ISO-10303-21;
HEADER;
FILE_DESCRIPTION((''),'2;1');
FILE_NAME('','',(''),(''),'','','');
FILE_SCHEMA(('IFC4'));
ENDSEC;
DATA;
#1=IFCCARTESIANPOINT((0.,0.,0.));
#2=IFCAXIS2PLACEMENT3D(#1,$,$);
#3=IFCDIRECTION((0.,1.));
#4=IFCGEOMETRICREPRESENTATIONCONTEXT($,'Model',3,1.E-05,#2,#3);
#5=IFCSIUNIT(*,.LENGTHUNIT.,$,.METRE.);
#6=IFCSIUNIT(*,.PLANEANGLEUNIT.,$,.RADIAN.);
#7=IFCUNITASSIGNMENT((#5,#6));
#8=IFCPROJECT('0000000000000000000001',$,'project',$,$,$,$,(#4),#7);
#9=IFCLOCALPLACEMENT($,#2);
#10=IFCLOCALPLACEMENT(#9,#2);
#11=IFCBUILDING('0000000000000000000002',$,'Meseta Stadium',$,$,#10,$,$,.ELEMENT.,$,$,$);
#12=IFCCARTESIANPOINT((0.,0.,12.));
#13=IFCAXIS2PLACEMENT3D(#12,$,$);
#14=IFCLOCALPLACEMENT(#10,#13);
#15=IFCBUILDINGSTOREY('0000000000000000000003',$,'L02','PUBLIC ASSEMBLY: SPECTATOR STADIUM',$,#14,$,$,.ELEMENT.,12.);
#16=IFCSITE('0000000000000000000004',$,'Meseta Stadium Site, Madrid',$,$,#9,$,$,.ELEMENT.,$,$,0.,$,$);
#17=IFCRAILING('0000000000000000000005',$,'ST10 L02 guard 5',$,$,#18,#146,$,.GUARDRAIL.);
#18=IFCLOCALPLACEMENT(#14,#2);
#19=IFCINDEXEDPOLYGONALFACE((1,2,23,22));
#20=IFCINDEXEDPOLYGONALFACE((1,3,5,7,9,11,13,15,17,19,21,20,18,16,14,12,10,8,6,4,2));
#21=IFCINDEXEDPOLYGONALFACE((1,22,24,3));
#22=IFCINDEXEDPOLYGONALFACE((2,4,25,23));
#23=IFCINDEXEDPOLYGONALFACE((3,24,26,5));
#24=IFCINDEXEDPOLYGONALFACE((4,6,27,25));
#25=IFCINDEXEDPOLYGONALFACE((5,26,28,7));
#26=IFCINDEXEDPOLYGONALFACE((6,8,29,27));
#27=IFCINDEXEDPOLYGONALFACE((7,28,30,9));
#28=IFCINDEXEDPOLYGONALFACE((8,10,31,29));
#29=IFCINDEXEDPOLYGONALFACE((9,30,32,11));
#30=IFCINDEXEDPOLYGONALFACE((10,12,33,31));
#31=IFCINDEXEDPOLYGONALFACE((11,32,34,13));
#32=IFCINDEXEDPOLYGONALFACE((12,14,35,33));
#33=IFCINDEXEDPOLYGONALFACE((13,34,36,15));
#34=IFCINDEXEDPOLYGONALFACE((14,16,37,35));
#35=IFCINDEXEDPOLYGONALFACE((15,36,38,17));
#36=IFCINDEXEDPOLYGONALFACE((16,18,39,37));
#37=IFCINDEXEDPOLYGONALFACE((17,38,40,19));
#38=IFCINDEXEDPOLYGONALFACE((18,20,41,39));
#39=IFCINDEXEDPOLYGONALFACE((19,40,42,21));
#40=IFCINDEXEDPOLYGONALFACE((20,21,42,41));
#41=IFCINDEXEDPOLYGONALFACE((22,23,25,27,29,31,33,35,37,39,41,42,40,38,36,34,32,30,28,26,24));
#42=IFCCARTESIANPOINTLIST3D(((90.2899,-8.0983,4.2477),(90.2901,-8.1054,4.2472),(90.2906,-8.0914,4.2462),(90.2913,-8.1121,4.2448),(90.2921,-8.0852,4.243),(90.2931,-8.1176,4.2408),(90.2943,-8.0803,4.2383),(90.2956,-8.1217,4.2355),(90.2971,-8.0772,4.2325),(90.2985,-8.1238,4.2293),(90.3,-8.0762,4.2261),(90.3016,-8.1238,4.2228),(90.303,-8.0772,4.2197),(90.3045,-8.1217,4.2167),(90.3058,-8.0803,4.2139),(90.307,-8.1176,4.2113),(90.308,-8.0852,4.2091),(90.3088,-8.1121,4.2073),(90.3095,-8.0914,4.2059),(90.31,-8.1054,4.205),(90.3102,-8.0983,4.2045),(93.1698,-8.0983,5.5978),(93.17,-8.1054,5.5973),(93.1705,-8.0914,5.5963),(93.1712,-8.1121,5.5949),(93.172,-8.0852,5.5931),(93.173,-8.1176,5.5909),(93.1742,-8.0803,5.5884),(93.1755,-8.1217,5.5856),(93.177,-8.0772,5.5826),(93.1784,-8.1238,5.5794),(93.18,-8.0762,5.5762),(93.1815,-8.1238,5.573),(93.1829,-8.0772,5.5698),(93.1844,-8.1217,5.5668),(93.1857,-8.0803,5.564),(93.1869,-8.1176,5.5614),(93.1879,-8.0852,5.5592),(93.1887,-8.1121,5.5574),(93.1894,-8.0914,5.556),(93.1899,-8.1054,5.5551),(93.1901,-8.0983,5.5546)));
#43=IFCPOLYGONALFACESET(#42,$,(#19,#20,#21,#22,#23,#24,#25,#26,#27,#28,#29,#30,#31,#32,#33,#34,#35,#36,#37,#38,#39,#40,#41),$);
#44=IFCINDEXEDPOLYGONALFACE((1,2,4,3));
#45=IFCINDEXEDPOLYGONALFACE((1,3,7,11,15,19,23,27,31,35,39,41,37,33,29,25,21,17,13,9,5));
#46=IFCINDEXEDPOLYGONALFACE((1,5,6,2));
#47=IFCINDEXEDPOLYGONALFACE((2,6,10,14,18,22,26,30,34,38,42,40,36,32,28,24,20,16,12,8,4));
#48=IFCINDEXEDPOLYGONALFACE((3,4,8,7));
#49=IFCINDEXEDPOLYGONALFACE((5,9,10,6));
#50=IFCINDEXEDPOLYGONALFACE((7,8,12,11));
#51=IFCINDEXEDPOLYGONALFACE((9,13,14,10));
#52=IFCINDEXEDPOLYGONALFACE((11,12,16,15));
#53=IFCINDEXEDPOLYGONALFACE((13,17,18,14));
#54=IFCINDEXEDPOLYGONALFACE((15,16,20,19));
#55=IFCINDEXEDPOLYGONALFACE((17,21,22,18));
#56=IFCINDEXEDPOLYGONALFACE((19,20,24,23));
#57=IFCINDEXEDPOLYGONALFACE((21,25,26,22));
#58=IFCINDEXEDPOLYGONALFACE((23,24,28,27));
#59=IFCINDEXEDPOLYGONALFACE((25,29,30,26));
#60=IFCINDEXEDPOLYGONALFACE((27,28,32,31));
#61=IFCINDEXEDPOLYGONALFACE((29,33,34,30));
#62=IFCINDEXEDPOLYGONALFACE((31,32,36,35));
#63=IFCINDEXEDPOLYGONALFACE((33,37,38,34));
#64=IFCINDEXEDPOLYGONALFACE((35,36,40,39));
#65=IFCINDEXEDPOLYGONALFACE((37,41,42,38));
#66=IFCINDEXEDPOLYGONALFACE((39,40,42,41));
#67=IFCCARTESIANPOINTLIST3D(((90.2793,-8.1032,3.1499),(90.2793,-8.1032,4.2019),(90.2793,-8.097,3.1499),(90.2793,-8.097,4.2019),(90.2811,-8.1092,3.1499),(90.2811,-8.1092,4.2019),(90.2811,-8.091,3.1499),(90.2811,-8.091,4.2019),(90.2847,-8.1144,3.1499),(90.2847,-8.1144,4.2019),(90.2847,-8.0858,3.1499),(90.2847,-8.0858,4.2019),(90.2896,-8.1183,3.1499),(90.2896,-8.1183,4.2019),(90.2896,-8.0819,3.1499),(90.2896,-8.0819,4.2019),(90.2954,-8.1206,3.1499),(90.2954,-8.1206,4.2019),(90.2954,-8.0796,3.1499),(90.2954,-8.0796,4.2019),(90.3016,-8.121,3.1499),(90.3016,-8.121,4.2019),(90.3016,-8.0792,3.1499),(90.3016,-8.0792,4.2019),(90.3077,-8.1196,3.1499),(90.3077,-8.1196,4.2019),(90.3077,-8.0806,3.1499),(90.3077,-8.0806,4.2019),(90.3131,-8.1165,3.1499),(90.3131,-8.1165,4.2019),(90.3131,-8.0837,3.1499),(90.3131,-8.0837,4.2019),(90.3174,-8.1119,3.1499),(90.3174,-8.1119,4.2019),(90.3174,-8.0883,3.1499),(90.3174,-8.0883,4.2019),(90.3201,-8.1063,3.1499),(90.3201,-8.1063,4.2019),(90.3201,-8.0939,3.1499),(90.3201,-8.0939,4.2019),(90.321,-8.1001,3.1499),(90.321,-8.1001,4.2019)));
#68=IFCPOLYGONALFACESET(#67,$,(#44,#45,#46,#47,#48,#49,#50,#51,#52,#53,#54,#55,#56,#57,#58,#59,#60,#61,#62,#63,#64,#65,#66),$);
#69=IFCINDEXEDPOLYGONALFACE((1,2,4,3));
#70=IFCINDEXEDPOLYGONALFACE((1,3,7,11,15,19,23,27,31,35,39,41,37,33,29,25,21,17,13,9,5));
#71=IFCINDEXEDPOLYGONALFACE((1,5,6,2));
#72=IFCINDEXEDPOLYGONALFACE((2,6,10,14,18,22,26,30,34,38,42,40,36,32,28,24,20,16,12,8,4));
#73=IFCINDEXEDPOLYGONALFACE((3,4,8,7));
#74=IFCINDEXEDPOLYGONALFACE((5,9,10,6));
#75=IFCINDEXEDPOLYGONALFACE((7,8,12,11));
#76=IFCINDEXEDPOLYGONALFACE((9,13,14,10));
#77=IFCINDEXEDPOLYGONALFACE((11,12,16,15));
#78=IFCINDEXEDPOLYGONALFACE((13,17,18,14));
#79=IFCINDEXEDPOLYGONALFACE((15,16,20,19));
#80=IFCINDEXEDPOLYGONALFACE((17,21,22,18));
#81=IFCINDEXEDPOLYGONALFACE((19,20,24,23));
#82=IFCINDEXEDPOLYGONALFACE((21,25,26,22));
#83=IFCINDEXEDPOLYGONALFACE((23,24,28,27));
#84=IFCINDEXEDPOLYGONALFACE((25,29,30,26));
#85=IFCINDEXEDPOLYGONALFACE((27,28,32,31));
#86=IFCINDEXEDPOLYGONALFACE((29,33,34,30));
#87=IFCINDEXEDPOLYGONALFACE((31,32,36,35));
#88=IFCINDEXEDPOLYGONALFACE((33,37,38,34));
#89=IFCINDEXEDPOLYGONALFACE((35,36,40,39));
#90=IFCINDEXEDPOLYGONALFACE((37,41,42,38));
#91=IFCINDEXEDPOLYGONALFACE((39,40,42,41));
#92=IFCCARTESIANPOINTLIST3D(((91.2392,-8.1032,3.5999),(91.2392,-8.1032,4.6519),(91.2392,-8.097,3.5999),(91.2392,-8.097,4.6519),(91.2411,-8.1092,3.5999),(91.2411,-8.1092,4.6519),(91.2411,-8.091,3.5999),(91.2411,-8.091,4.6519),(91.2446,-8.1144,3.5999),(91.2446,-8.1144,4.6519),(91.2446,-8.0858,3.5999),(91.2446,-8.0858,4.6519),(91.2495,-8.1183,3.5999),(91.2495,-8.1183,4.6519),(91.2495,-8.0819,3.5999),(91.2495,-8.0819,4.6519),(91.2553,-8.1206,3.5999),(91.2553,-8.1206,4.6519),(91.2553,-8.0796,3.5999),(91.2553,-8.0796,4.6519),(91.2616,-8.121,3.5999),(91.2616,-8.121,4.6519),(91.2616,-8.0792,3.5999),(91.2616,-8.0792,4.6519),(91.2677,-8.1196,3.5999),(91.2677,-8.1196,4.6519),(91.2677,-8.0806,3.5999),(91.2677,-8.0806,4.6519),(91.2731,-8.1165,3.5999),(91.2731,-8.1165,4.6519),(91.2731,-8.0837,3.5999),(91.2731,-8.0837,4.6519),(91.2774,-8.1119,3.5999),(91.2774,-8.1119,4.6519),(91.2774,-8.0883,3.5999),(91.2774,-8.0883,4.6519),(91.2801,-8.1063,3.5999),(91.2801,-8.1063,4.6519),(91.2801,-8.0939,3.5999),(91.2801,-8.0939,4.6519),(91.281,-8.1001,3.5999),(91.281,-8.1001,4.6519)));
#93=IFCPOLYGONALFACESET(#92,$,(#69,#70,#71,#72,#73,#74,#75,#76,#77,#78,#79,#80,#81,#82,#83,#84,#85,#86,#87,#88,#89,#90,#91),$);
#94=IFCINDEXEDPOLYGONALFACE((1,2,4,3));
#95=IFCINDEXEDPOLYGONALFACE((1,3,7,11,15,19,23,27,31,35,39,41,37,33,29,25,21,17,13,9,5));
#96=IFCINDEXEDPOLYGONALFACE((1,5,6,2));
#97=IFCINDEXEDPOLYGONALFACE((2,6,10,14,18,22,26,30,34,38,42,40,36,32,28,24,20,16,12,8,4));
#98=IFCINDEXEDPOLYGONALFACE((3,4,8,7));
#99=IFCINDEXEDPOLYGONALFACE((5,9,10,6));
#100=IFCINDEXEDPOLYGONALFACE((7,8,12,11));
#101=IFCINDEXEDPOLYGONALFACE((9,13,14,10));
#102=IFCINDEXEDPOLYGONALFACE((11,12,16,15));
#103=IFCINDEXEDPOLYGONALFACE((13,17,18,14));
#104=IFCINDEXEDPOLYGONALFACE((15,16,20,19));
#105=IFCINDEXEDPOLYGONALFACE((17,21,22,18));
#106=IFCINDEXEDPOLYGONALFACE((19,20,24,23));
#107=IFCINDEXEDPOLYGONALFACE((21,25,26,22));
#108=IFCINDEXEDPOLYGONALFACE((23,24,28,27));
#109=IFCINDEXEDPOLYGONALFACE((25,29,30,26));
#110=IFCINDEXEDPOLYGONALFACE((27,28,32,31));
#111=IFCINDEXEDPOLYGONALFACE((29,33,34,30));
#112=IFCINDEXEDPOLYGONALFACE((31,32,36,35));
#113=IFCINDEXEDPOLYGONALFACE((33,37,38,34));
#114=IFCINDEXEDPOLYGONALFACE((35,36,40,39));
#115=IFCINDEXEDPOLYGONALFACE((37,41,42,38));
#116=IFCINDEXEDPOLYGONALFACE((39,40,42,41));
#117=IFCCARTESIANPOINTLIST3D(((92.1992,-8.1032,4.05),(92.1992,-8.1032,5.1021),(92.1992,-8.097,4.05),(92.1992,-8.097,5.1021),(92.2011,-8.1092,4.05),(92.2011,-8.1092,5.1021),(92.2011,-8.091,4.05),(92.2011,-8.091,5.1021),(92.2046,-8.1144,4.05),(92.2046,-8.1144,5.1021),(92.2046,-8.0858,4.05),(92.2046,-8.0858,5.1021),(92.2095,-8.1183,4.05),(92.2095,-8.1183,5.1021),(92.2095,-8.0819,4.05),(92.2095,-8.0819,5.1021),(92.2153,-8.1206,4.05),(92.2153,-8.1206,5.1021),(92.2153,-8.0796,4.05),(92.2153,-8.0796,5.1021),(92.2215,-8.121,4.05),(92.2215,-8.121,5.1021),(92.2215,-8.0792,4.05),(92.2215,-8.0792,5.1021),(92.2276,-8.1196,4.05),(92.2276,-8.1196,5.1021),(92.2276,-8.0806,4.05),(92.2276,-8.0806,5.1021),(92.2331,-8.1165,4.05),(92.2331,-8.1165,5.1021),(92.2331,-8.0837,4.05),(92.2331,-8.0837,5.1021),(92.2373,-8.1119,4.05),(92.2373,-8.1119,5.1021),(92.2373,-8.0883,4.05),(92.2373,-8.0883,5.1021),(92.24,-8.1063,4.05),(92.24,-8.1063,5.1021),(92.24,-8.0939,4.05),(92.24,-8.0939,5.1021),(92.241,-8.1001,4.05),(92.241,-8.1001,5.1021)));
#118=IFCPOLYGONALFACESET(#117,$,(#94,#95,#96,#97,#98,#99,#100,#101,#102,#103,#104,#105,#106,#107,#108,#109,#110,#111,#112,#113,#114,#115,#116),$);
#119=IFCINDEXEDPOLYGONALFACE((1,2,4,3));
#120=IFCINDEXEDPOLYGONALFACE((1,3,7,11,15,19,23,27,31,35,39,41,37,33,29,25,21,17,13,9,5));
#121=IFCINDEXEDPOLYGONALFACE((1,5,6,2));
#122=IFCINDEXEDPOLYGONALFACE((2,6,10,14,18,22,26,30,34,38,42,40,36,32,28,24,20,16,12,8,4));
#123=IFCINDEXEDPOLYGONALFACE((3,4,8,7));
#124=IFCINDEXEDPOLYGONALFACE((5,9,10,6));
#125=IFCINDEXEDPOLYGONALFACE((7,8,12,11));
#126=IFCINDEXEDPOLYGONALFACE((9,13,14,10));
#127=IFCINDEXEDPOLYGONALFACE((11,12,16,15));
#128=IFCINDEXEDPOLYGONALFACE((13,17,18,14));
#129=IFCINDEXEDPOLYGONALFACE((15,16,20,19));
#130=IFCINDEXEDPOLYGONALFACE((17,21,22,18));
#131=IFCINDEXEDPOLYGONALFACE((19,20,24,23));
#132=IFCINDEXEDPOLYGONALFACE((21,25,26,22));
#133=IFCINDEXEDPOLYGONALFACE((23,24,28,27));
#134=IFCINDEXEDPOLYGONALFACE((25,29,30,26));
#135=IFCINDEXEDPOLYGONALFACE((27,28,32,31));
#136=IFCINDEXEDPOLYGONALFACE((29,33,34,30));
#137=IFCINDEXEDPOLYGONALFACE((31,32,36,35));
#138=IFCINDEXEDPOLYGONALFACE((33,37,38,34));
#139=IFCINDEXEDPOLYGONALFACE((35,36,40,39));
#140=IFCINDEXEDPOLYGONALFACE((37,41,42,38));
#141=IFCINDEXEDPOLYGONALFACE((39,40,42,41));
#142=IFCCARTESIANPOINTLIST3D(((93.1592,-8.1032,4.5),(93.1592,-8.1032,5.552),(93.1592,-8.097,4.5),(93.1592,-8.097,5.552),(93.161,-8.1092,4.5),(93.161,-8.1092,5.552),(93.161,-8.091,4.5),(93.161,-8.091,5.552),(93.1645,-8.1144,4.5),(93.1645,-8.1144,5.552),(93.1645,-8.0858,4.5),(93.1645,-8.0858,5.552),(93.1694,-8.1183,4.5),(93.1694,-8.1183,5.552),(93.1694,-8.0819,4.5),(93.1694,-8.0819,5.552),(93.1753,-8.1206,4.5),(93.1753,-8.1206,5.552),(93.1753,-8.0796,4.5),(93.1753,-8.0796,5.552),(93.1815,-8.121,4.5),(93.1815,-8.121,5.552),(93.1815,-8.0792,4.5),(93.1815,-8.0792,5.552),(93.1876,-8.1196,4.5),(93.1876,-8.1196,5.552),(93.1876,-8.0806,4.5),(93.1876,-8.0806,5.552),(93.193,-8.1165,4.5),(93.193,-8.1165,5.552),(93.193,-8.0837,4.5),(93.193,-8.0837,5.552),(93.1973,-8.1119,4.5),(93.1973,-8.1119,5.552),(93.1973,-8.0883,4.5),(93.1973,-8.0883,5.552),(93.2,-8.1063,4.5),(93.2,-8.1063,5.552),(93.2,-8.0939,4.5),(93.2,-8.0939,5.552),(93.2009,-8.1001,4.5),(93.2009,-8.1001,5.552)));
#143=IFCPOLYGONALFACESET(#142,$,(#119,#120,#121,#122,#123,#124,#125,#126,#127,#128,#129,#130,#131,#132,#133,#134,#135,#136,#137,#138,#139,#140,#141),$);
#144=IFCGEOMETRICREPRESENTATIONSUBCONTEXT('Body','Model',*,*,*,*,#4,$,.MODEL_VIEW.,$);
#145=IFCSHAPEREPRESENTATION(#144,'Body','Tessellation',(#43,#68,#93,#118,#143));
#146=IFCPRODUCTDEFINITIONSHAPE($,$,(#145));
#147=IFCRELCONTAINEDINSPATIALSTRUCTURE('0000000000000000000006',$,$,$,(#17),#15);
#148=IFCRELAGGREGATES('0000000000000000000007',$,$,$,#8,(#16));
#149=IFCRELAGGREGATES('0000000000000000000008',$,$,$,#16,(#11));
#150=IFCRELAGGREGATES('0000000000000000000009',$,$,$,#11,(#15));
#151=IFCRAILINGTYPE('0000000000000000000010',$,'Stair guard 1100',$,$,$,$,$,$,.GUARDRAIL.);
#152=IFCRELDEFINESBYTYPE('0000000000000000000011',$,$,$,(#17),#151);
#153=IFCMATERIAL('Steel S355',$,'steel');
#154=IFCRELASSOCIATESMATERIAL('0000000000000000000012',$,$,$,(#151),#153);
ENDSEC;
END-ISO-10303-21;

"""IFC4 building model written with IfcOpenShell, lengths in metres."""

from ifc_helpers import new_model, si_unit, direction, frame, origin, origin_2d, place, context, subcontext, project, spatial, circle, extrude, material, type_object, element, save


model = new_model("IFC4")

# Units and contexts
model_context = context("Model", 3, precision=1e-05, world=origin(), true_north=direction((0.0, 1.0)))
body_context = subcontext(model_context, "Body", "Model", "MODEL_VIEW")
ifc_project = project(units=[si_unit("LENGTHUNIT", "METRE"), si_unit("PLANEANGLEUNIT", "RADIAN")], contexts=[model_context])

# Site, building, storey
site_placement = place(None, origin())
site = spatial("IfcSite", under=ifc_project, at=site_placement, Name="Meseta Stadium Site, Madrid", CompositionType="ELEMENT", RefElevation=0.0)
building_placement = place(site_placement, origin())
building = spatial("IfcBuilding", under=site, at=building_placement, Name="Meseta Stadium", CompositionType="ELEMENT")
storey_placement = place(building_placement, frame((0.0, 0.0, 12.0)))
storey = spatial("IfcBuildingStorey", under=building, at=storey_placement, Name="L02", Description="PUBLIC ASSEMBLY: SPECTATOR STADIUM", CompositionType="ELEMENT", Elevation=12.0)

# Railing
ifc_material_1 = material(Name="Steel S355", Category="steel")
railing_type_1 = type_object("IfcRailingType", Name="Stair guard 1100", PredefinedType="GUARDRAIL", material=ifc_material_1)
railing_1_placement = place(storey_placement, frame((90.3, -8.1001, 3.1499)))
element("IfcRailing", 1, at=railing_1_placement, inside=storey, type_object=railing_type_1, Name="ST10 L02 guard 5", PredefinedType="GUARDRAIL", context=body_context, shape_type="SweptSolid", body=[
    extrude(circle(Radius=0.0239, at=origin_2d()), frame((0.0, 0.0, 1.0762), z_axis=(0.90544, 0.0, 0.424473), x_axis=(0.0, 1.0, 0.0)), (0.0, 0.0, 1.0), 3.1807),
    extrude(circle(Radius=0.021, at=origin_2d()), origin(), (0.0, 0.0, 1.0), 1.052),
    extrude(circle(Radius=0.021, at=origin_2d()), frame((0.96, 0.0, 0.45)), (0.0, 0.0, 1.0), 1.052),
    extrude(circle(Radius=0.021, at=origin_2d()), frame((1.9199, 0.0, 0.9001)), (0.0, 0.0, 1.0), 1.052),
    extrude(circle(Radius=0.021, at=origin_2d()), frame((2.8799, 0.0, 1.3501)), (0.0, 0.0, 1.0), 1.052),
])

save(model, "model.ifc")
